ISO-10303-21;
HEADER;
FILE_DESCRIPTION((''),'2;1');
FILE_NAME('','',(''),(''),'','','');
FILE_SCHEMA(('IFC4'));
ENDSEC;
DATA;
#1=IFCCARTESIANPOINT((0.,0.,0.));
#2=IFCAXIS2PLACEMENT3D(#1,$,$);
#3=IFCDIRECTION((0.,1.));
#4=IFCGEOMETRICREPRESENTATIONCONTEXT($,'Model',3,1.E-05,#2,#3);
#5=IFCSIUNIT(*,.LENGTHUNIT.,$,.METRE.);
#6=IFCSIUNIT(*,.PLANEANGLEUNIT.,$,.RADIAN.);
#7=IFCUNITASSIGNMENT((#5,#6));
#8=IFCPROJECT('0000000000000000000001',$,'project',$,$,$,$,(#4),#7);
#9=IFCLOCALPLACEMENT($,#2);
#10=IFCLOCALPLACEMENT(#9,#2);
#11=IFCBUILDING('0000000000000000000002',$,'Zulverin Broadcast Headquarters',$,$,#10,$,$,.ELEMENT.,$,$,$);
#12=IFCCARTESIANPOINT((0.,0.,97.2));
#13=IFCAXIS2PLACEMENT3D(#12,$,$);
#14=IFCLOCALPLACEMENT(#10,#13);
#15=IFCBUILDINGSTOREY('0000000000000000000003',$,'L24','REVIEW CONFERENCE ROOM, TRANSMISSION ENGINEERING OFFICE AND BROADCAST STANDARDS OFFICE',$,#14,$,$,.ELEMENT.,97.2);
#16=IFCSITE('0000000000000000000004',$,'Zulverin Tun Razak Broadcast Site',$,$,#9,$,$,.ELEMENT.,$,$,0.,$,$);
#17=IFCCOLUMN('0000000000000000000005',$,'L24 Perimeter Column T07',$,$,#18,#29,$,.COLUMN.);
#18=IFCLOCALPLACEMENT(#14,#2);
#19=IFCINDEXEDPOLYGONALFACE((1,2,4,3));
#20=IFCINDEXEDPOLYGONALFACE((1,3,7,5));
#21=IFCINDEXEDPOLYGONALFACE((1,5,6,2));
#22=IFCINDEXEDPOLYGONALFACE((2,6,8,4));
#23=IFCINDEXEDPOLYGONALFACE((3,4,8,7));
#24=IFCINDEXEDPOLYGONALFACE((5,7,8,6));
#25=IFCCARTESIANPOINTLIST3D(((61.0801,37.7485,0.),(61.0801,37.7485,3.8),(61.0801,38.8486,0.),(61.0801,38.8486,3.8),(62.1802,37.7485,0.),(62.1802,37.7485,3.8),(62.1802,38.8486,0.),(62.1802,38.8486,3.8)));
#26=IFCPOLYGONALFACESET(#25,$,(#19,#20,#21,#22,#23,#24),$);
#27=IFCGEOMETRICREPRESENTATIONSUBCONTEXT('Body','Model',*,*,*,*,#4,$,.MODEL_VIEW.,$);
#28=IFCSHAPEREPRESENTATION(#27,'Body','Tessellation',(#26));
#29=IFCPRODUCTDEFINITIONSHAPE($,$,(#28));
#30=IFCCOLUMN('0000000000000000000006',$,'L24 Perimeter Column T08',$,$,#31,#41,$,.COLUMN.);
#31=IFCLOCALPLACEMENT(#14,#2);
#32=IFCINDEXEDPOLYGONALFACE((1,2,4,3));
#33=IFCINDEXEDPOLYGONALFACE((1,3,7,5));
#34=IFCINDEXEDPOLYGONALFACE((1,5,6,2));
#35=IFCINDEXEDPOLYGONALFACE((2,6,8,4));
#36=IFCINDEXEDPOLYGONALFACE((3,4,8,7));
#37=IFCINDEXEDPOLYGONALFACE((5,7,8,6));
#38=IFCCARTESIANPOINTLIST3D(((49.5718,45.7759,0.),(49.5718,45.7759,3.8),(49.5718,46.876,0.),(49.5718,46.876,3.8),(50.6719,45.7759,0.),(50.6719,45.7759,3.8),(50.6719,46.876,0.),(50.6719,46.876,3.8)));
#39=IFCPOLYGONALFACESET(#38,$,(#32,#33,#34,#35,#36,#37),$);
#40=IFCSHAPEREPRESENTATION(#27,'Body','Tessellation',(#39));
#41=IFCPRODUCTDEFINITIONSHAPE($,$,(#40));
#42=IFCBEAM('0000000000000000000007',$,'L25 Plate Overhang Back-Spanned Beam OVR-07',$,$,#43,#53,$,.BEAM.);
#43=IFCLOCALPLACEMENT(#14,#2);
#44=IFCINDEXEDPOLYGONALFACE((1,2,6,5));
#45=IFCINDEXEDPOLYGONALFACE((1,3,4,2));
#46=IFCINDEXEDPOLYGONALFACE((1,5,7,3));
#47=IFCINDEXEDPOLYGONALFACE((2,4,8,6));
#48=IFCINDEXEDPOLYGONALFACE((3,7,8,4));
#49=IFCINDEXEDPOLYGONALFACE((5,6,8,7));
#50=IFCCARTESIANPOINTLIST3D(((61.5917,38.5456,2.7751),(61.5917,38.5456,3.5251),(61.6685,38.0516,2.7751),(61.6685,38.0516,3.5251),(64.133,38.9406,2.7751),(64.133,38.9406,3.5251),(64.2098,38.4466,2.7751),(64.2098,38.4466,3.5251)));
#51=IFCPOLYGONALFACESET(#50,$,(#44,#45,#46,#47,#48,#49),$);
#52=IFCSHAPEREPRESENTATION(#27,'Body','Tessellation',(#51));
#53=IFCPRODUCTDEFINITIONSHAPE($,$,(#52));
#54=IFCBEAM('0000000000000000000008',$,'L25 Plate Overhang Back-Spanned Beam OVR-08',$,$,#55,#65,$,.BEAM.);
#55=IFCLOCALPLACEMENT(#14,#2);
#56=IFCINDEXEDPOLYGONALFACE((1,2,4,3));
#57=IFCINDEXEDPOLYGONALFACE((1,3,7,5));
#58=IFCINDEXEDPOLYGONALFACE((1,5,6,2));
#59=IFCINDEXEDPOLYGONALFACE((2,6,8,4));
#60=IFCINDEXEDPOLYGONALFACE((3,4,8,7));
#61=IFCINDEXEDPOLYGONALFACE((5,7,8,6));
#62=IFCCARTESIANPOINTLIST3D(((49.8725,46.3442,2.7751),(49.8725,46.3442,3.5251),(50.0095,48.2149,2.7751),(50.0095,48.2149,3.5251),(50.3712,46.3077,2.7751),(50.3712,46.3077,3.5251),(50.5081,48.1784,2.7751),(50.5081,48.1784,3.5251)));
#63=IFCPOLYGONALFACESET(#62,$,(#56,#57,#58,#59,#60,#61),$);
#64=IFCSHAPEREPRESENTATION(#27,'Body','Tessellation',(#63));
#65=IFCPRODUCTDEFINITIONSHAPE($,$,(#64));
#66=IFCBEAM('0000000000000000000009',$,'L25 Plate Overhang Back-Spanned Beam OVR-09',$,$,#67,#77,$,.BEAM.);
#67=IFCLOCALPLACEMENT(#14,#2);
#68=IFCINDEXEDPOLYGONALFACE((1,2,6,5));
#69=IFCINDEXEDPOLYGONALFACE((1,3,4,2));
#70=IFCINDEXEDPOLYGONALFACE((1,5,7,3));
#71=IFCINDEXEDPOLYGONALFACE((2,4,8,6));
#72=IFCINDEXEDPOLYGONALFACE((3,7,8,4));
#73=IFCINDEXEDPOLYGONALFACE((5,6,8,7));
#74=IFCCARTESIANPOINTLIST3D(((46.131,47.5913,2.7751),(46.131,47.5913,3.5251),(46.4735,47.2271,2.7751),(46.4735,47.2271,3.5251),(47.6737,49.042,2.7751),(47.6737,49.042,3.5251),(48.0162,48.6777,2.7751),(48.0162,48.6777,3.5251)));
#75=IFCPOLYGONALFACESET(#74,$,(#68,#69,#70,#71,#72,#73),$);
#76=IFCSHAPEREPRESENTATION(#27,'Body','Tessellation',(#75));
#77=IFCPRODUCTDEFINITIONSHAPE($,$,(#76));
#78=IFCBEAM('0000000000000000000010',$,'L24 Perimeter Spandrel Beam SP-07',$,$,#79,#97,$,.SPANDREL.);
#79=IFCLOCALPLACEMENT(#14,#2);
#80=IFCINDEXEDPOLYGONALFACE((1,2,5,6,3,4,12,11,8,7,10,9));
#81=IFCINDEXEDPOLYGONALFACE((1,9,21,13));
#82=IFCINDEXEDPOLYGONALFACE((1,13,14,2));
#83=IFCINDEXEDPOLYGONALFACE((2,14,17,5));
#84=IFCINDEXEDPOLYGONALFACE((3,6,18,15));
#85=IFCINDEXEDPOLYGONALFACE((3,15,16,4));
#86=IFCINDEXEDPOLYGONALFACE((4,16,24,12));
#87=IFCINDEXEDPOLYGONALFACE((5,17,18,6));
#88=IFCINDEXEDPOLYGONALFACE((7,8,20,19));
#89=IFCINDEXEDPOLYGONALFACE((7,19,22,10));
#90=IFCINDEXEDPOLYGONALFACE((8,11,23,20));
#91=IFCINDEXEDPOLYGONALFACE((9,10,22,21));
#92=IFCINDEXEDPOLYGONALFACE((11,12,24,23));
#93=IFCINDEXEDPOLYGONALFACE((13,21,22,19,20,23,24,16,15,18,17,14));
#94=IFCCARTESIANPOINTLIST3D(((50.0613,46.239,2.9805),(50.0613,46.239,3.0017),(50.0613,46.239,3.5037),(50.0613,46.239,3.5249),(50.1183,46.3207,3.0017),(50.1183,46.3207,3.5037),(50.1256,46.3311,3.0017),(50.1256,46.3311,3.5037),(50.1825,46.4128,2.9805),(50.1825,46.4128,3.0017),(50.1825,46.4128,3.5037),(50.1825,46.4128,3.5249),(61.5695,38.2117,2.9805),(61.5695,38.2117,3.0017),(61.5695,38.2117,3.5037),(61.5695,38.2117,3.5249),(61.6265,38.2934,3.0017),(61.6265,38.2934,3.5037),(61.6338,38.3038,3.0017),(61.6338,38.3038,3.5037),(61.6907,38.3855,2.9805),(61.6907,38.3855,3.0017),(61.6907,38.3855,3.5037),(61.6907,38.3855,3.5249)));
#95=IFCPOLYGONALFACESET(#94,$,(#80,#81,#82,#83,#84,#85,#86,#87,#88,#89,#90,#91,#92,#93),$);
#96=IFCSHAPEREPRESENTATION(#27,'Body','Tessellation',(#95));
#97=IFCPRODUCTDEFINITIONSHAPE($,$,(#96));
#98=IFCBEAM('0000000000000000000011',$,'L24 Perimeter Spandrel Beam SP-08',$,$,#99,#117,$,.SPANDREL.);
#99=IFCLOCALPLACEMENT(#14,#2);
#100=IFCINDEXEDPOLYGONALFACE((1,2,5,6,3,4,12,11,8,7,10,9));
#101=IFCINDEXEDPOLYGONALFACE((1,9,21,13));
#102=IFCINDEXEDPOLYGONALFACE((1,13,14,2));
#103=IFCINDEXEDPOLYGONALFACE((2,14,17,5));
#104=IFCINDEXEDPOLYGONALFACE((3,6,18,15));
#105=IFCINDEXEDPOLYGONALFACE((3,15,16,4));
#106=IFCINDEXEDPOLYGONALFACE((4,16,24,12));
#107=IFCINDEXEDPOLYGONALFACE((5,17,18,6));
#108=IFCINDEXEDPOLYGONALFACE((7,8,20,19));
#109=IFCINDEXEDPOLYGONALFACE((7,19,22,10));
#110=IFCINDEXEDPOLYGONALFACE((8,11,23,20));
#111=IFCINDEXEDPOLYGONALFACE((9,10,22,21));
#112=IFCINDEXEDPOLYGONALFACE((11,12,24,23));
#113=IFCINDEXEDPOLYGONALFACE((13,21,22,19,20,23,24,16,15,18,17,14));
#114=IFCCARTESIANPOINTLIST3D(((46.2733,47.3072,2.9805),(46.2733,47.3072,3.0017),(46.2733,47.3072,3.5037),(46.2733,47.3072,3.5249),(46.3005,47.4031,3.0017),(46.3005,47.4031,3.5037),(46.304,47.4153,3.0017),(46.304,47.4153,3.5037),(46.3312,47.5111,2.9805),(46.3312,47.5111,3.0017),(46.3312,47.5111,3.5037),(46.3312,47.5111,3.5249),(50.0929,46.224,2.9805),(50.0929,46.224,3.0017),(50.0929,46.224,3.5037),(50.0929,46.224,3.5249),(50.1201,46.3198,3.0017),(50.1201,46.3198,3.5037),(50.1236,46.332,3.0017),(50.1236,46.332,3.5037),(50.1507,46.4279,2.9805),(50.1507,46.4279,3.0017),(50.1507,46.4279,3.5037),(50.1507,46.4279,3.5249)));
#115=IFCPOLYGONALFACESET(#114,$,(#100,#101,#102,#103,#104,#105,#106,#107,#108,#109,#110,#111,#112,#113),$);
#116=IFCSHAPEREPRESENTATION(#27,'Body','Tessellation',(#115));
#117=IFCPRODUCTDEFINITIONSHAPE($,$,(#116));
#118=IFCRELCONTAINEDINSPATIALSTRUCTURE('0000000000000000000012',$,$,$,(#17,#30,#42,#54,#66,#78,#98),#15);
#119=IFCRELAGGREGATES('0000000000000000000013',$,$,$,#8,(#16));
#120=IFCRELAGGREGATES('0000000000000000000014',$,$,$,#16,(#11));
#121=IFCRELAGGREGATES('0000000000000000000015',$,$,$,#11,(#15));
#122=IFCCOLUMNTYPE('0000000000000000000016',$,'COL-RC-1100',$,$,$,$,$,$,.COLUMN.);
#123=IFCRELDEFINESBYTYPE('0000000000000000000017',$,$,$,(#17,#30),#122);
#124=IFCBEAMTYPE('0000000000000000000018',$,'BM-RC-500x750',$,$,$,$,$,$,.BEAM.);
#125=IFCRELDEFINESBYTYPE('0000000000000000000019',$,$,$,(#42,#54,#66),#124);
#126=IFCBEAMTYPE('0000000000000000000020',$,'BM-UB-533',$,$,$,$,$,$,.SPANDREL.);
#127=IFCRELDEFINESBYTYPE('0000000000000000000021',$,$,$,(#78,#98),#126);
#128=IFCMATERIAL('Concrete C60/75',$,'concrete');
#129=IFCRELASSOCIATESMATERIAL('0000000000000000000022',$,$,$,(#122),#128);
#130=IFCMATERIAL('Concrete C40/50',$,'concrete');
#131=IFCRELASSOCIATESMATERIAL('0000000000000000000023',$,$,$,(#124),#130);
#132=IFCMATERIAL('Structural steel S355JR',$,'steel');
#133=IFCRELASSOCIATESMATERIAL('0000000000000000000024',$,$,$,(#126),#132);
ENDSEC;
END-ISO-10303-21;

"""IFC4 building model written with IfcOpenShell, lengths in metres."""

from ifc_helpers import new_model, si_unit, direction, frame, origin, origin_2d, place, context, subcontext, project, spatial, rectangle, i_section, extrude, material, material_profile, profile_set, type_object, element, save


model = new_model("IFC4")

# Units and contexts
model_context = context("Model", 3, precision=1e-05, world=origin(), true_north=direction((0.0, 1.0)))
body_context = subcontext(model_context, "Body", "Model", "MODEL_VIEW")
ifc_project = project(units=[si_unit("LENGTHUNIT", "METRE"), si_unit("PLANEANGLEUNIT", "RADIAN")], contexts=[model_context])

# Site, building, storey
site_placement = place(None, origin())
site = spatial("IfcSite", under=ifc_project, at=site_placement, Name="Zulverin Tun Razak Broadcast Site", CompositionType="ELEMENT", RefElevation=0.0)
building_placement = place(site_placement, origin())
building = spatial("IfcBuilding", under=site, at=building_placement, Name="Zulverin Broadcast Headquarters", CompositionType="ELEMENT")
storey_placement = place(building_placement, frame((0.0, 0.0, 97.2)))
storey = spatial("IfcBuildingStorey", under=building, at=storey_placement, Name="L24", Description="REVIEW CONFERENCE ROOM, TRANSMISSION ENGINEERING OFFICE AND BROADCAST STANDARDS OFFICE", CompositionType="ELEMENT", Elevation=97.2)

# Columns
ifc_material_1 = material(Name="Concrete C60/75", Category="concrete")
ifc_material_profile_1 = material_profile(ifc_material_1, rectangle(XDim=1.1001, YDim=1.1001, at=origin_2d()), Name="Concrete C60/75", Category="concrete")
ifc_profile_set_1 = profile_set([ifc_material_profile_1], Name="Concrete C60/75")
column_type = type_object("IfcColumnType", Name="COL-RC-1100", PredefinedType="COLUMN", material=ifc_profile_set_1)
for number, where, z_axis, x_axis, name in (
    (1, (61.6301, 38.2986, 0.0), (0.0, 0.0, 1.0), (1.0, 0.0, 0.0), "L24 Perimeter Column T07"),
    (2, (50.1218, 46.3259, 0.0), (0.0, 0.0, 1.0), (1.0, 0.0, 0.0), "L24 Perimeter Column T08"),
):
    element("IfcColumn", number, at=place(storey_placement, frame(where, z_axis=z_axis, x_axis=x_axis)), inside=storey, type_object=column_type, Name=name, PredefinedType="COLUMN", context=body_context, shape_type="SweptSolid", body=[
        extrude(rectangle(XDim=1.1001, YDim=1.1001, at=origin_2d()), origin(), (0.0, 0.0, 1.0), 3.8),
    ])

# Beams
ifc_material_2 = material(Name="Concrete C40/50", Category="concrete")
ifc_material_profile_2 = material_profile(ifc_material_2, rectangle(XDim=0.5, YDim=0.75, at=origin_2d()), Name="Concrete C40/50", Category="concrete")
ifc_profile_set_2 = profile_set([ifc_material_profile_2], Name="Concrete C40/50")
beam_type_1 = type_object("IfcBeamType", Name="BM-RC-500x750", PredefinedType="BEAM", material=ifc_profile_set_2)
beam_1_placement = place(storey_placement, frame((61.6301, 38.2986, 3.1501), z_axis=(0.988133, 0.153598, 0.0), x_axis=(-0.153598, 0.988133, 0.0)))
element("IfcBeam", 3, at=beam_1_placement, inside=storey, type_object=beam_type_1, Name="L25 Plate Overhang Back-Spanned Beam OVR-07", PredefinedType="BEAM", context=body_context, shape_type="SweptSolid", body=[
    extrude(rectangle(XDim=0.5, YDim=0.75, at=origin_2d()), origin(), (0.0, 0.0, 1.0), 2.5718),
])
beam_2_placement = place(storey_placement, frame((50.1218, 46.3259, 3.1501), z_axis=(0.073023, 0.99733, 0.0), x_axis=(-0.99733, 0.073023, 0.0)))
element("IfcBeam", 4, at=beam_2_placement, inside=storey, type_object=beam_type_1, Name="L25 Plate Overhang Back-Spanned Beam OVR-08", PredefinedType="BEAM", context=body_context, shape_type="SweptSolid", body=[
    extrude(rectangle(XDim=0.5, YDim=0.75, at=origin_2d()), origin(), (0.0, 0.0, 1.0), 1.8757),
])
beam_3_placement = place(storey_placement, frame((46.3022, 47.4092, 3.1501), z_axis=(0.728505, 0.685041, 0.0), x_axis=(-0.685041, 0.728505, 0.0)))
element("IfcBeam", 5, at=beam_3_placement, inside=storey, type_object=beam_type_1, Name="L25 Plate Overhang Back-Spanned Beam OVR-09", PredefinedType="BEAM", context=body_context, shape_type="SweptSolid", body=[
    extrude(rectangle(XDim=0.5, YDim=0.75, at=origin_2d()), origin(), (0.0, 0.0, 1.0), 2.1177),
])
ifc_material_3 = material(Name="Structural steel S355JR", Category="steel")
ifc_material_profile_3 = material_profile(ifc_material_3, i_section(OverallWidth=0.2119, OverallDepth=0.5444, WebThickness=0.0127, FlangeThickness=0.0212, at=origin_2d()), Name="Structural steel S355JR", Category="steel")
ifc_profile_set_3 = profile_set([ifc_material_profile_3], Name="Structural steel S355JR")
beam_type_2 = type_object("IfcBeamType", Name="BM-UB-533", PredefinedType="SPANDREL", material=ifc_profile_set_3)
beam_4_placement = place(storey_placement, frame((61.6301, 38.2986, 3.2527), z_axis=(-0.820184, 0.5721, 0.0), x_axis=(-0.5721, -0.820184, 0.0)))
element("IfcBeam", 6, at=beam_4_placement, inside=storey, type_object=beam_type_2, Name="L24 Perimeter Spandrel Beam SP-07", PredefinedType="SPANDREL", context=body_context, shape_type="SweptSolid", body=[
    extrude(i_section(OverallWidth=0.2119, OverallDepth=0.5444, WebThickness=0.0127, FlangeThickness=0.0212, at=origin_2d()), origin(), (0.0, 0.0, 1.0), 14.0312),
])
beam_5_placement = place(storey_placement, frame((50.1218, 46.3259, 3.2527), z_axis=(-0.962058, 0.272844, 0.0), x_axis=(-0.272844, -0.962058, 0.0)))
element("IfcBeam", 7, at=beam_5_placement, inside=storey, type_object=beam_type_2, Name="L24 Perimeter Spandrel Beam SP-08", PredefinedType="SPANDREL", context=body_context, shape_type="SweptSolid", body=[
    extrude(i_section(OverallWidth=0.2119, OverallDepth=0.5444, WebThickness=0.0127, FlangeThickness=0.0212, at=origin_2d()), origin(), (0.0, 0.0, 1.0), 3.9702),
])

save(model, "model.ifc")
